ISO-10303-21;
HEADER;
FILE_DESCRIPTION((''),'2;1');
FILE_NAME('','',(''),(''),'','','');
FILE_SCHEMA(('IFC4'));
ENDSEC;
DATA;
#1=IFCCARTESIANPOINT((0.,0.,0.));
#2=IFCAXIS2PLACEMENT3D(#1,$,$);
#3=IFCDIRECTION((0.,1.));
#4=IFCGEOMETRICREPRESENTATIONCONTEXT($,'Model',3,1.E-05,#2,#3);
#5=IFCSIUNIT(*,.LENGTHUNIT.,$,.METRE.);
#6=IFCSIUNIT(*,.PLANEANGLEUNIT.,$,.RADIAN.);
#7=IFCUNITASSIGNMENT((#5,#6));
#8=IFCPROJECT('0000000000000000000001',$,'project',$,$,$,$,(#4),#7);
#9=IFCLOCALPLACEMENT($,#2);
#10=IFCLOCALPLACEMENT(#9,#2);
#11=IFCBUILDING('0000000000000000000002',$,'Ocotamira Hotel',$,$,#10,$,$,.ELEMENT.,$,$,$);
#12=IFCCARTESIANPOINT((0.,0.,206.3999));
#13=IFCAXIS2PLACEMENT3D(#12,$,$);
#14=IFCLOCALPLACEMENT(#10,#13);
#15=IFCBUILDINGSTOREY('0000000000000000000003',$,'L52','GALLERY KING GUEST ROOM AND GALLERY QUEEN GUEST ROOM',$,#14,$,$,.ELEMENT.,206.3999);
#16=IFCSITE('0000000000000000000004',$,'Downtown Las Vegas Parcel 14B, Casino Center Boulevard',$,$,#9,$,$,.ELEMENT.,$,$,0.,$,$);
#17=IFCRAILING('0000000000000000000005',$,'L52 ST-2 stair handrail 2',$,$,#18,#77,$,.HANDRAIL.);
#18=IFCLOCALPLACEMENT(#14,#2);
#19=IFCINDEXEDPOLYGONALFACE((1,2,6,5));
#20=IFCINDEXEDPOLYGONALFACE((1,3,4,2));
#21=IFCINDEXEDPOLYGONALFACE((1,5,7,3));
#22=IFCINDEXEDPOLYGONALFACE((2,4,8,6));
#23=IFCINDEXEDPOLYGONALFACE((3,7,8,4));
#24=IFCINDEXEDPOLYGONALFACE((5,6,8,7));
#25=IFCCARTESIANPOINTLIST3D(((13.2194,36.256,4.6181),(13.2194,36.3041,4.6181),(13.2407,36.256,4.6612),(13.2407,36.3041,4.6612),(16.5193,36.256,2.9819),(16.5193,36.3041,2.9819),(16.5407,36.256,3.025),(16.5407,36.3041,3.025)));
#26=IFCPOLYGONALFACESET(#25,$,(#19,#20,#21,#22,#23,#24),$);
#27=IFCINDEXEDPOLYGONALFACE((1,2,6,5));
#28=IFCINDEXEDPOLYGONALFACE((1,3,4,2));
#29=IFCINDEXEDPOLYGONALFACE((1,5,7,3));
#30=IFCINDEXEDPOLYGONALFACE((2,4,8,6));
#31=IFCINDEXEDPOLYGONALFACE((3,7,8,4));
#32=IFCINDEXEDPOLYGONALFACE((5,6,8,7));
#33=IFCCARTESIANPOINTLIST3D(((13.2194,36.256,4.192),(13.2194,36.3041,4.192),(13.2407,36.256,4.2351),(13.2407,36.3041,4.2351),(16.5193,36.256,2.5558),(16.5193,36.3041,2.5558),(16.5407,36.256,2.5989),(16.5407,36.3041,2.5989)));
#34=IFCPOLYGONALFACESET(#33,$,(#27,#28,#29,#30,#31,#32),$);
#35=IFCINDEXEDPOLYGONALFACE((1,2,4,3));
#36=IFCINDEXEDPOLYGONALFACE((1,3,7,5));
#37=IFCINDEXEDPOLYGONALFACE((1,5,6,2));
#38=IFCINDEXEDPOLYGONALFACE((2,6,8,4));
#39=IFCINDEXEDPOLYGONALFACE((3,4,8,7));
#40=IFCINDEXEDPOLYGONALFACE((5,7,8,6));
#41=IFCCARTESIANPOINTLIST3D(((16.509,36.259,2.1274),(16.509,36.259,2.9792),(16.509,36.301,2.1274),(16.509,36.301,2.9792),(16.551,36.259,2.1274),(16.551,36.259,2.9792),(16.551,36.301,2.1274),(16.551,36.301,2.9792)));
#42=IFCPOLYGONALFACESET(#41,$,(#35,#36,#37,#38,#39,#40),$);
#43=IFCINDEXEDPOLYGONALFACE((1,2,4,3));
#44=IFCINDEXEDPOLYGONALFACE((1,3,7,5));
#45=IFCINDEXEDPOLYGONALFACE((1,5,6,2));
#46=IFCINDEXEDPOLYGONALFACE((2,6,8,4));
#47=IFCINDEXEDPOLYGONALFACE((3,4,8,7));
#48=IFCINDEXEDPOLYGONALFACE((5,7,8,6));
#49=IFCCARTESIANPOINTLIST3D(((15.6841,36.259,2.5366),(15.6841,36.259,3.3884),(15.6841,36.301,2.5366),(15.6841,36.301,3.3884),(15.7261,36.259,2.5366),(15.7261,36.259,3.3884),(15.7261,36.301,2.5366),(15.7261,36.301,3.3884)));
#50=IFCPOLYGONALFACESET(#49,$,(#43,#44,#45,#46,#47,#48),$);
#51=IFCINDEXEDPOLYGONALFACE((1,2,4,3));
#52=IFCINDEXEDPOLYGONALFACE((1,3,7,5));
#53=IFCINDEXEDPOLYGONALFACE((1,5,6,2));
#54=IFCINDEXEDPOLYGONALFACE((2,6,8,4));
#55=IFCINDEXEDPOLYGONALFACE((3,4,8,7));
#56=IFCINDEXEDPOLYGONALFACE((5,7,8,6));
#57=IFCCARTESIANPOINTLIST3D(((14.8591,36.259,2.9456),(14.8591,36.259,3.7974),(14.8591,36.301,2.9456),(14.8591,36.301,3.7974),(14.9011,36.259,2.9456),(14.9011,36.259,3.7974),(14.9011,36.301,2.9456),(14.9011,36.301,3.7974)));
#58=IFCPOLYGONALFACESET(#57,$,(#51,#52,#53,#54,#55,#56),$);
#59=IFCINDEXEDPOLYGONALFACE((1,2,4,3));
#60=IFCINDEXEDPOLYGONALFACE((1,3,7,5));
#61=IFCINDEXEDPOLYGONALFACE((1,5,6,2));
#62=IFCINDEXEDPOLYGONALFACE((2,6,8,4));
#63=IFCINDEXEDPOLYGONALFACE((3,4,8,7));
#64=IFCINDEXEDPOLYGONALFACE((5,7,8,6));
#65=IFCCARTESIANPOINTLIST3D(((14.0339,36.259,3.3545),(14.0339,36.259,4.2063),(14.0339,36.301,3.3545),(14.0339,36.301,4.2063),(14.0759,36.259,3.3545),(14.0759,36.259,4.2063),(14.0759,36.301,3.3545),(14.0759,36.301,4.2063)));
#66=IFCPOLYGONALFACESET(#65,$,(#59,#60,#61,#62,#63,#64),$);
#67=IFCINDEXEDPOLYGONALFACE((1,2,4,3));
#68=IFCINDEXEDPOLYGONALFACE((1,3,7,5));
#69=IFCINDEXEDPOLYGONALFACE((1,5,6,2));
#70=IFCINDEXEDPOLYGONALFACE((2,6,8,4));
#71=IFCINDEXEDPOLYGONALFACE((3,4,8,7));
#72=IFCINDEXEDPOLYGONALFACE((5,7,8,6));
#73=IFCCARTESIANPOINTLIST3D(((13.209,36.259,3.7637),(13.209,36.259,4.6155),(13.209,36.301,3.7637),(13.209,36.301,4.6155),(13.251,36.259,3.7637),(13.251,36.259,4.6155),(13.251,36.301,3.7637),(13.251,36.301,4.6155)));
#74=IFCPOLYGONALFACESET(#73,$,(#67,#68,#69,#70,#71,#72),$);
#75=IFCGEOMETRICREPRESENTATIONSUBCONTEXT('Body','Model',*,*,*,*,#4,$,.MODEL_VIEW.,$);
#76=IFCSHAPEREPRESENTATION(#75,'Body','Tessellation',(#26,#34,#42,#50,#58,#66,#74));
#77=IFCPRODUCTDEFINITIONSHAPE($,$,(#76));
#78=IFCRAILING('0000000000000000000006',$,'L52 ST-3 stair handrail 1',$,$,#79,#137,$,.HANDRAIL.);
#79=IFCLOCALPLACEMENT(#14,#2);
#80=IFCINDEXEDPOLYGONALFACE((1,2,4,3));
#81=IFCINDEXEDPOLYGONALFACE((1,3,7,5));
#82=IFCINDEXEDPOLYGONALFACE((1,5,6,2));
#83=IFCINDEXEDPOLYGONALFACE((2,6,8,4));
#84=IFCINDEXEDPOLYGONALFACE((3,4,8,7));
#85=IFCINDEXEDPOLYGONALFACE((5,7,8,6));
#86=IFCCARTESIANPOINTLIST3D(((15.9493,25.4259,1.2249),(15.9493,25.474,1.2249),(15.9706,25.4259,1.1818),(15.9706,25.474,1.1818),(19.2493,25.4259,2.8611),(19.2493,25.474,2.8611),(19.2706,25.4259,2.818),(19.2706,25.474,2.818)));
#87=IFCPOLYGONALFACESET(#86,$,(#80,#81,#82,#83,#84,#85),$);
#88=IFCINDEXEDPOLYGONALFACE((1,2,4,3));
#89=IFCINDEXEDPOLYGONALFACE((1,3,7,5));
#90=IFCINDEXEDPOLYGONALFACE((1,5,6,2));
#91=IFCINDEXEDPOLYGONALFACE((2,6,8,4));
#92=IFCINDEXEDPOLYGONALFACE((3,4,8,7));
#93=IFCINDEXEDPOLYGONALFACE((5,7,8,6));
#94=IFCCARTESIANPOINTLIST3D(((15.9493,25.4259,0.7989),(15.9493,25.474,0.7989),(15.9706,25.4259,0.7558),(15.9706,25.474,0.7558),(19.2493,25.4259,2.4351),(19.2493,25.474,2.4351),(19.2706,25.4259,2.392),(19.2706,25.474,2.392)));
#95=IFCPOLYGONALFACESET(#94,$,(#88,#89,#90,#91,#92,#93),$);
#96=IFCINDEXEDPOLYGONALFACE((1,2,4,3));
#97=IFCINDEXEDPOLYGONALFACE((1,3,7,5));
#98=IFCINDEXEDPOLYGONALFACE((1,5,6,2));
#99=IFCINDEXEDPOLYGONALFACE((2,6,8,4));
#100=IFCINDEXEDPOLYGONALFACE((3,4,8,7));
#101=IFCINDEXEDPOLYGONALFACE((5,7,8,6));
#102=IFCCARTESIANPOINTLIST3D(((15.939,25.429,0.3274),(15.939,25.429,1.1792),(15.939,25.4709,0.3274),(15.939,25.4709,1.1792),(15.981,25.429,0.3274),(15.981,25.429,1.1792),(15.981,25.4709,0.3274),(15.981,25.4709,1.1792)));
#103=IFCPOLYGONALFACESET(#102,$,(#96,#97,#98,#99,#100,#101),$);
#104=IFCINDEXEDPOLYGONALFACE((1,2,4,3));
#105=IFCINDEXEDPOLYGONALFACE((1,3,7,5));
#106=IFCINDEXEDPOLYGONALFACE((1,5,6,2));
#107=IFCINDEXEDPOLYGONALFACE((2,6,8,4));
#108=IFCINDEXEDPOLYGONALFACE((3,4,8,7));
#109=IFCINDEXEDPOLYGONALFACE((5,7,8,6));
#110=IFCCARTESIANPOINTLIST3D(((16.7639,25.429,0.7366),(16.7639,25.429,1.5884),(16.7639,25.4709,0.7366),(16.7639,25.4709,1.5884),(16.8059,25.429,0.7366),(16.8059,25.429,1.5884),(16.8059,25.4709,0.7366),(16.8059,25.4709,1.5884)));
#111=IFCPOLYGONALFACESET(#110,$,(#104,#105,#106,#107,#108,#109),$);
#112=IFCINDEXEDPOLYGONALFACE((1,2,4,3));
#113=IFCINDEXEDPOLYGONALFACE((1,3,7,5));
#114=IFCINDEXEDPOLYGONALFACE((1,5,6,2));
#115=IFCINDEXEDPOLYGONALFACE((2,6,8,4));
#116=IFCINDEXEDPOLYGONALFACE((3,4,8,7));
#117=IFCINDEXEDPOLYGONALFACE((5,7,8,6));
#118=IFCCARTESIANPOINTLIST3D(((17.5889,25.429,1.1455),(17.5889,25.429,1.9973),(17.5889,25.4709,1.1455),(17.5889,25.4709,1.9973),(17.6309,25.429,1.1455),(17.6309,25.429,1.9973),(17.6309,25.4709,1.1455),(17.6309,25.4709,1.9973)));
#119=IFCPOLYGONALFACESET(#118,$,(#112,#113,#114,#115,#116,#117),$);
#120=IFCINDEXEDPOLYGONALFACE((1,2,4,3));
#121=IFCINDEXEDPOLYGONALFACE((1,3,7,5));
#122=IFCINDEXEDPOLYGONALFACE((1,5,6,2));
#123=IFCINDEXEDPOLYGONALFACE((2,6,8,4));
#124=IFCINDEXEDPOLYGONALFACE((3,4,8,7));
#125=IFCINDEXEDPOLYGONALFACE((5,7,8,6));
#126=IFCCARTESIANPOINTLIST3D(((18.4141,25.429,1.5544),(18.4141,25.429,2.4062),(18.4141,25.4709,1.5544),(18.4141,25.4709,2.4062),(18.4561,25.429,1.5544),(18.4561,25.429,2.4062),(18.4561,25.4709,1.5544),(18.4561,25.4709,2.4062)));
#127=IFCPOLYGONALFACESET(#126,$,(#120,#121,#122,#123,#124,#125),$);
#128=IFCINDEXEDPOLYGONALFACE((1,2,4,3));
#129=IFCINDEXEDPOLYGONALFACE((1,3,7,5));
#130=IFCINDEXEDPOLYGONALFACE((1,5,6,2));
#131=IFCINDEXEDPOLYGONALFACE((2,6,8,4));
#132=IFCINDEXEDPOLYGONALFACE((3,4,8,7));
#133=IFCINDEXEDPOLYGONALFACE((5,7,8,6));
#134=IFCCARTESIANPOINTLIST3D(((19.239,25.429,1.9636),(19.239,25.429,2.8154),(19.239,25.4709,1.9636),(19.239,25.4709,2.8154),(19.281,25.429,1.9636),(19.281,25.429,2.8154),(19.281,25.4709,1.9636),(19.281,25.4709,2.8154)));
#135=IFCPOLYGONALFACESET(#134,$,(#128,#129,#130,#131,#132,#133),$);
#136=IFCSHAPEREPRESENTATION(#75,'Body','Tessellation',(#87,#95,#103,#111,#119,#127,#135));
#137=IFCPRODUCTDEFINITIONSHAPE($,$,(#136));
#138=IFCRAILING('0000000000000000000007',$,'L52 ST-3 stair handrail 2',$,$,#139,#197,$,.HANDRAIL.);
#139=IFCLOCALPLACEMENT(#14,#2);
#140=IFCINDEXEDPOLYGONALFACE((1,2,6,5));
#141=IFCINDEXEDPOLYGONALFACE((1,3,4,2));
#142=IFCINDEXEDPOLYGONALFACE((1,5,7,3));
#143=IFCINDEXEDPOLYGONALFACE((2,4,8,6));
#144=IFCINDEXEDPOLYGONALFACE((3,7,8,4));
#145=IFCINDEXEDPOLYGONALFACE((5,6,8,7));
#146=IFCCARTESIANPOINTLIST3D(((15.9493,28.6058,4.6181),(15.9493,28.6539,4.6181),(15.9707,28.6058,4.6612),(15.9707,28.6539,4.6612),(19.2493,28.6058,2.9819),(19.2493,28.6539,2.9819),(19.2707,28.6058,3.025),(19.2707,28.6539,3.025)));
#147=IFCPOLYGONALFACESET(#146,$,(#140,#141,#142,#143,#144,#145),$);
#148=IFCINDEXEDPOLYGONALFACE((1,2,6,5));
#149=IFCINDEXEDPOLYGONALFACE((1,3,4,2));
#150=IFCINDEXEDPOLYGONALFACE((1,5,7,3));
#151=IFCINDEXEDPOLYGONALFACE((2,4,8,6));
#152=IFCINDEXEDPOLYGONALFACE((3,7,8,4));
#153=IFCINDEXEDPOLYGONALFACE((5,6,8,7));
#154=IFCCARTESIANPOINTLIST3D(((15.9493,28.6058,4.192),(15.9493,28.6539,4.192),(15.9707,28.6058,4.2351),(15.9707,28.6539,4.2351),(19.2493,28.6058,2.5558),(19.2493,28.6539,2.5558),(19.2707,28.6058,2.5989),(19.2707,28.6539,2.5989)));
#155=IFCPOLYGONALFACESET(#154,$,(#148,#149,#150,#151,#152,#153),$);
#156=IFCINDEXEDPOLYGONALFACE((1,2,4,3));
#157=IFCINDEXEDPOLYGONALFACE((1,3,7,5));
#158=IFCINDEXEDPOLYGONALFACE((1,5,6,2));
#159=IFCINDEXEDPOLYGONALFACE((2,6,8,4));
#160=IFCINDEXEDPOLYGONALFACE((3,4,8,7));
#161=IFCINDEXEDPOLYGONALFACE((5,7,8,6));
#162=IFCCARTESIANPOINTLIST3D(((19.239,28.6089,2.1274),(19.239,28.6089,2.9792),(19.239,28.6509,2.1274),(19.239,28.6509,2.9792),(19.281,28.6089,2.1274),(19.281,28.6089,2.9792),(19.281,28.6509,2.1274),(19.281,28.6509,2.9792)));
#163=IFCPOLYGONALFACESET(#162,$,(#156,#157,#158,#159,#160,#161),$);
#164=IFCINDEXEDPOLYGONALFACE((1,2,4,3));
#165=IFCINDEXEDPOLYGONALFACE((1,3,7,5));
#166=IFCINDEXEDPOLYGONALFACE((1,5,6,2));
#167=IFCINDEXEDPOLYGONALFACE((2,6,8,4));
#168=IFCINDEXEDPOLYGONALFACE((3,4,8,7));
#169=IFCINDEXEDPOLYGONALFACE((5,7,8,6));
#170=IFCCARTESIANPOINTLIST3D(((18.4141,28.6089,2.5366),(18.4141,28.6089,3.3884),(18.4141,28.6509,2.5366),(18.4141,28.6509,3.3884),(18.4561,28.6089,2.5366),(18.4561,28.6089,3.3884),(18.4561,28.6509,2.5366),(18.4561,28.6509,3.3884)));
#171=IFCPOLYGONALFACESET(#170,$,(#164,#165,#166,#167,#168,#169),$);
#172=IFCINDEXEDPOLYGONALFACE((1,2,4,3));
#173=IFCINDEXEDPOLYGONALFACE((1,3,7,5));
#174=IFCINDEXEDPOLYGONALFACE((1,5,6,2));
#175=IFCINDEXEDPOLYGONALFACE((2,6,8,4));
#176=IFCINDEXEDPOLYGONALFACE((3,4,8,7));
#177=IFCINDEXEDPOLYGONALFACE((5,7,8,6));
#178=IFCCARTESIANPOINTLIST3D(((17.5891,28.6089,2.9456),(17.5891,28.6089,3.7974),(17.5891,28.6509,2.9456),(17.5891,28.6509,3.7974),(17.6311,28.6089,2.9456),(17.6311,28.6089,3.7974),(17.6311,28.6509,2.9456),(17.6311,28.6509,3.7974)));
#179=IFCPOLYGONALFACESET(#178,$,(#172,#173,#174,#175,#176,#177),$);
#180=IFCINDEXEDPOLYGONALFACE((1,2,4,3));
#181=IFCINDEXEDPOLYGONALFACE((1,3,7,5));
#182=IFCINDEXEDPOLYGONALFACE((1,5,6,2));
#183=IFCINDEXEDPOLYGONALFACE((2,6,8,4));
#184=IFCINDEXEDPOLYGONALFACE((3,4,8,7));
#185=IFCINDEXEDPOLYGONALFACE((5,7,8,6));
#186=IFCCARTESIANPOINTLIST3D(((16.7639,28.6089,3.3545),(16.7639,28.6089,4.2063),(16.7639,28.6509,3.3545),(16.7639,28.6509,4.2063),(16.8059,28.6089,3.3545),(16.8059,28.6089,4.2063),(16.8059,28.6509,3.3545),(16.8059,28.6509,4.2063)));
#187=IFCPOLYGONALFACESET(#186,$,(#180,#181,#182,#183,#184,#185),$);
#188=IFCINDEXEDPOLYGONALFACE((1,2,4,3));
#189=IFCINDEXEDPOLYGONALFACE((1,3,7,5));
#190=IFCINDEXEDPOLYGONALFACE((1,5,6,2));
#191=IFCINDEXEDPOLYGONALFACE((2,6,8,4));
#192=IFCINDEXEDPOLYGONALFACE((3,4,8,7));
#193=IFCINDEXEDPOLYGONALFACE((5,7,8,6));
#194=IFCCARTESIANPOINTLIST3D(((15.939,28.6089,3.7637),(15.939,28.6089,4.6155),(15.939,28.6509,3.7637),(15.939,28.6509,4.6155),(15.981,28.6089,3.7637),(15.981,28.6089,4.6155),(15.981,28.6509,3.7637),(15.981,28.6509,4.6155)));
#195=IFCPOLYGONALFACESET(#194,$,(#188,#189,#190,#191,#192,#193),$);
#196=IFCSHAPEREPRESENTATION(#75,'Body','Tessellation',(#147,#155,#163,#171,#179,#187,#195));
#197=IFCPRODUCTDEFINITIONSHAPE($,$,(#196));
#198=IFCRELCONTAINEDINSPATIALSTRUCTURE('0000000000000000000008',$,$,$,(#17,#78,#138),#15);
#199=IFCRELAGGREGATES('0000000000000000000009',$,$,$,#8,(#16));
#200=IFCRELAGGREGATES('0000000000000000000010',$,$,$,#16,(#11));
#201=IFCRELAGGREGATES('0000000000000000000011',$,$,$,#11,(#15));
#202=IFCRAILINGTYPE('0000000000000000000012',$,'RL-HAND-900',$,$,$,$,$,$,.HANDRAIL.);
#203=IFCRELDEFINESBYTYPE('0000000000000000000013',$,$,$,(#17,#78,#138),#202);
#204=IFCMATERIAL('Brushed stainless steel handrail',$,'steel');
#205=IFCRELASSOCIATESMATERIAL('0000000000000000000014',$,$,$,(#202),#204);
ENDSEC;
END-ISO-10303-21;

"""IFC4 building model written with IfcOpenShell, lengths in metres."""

from ifc_helpers import new_model, si_unit, direction, frame, origin, origin_2d, place, context, subcontext, project, spatial, rectangle, extrude, material, type_object, element, save


model = new_model("IFC4")

# Units and contexts
model_context = context("Model", 3, precision=1e-05, world=origin(), true_north=direction((0.0, 1.0)))
body_context = subcontext(model_context, "Body", "Model", "MODEL_VIEW")
ifc_project = project(units=[si_unit("LENGTHUNIT", "METRE"), si_unit("PLANEANGLEUNIT", "RADIAN")], contexts=[model_context])

# Site, building, storey
site_placement = place(None, origin())
site = spatial("IfcSite", under=ifc_project, at=site_placement, Name="Downtown Las Vegas Parcel 14B, Casino Center Boulevard", CompositionType="ELEMENT", RefElevation=0.0)
building_placement = place(site_placement, origin())
building = spatial("IfcBuilding", under=site, at=building_placement, Name="Ocotamira Hotel", CompositionType="ELEMENT")
storey_placement = place(building_placement, frame((0.0, 0.0, 206.3999)))
storey = spatial("IfcBuildingStorey", under=building, at=storey_placement, Name="L52", Description="GALLERY KING GUEST ROOM AND GALLERY QUEEN GUEST ROOM", CompositionType="ELEMENT", Elevation=206.3999)

# Railings
ifc_material_1 = material(Name="Brushed stainless steel handrail", Category="steel")
railing_type_1 = type_object("IfcRailingType", Name="RL-HAND-900", PredefinedType="HANDRAIL", material=ifc_material_1)
railing_1_placement = place(storey_placement, frame((16.53, 36.28, 2.1274)))
element("IfcRailing", 1, at=railing_1_placement, inside=storey, type_object=railing_type_1, Name="L52 ST-2 stair handrail 2", PredefinedType="HANDRAIL", context=body_context, shape_type="SweptSolid", body=[
    extrude(rectangle(XDim=0.0481, YDim=0.0481, at=origin_2d()), frame((0.0, 0.0, 0.876), z_axis=(-0.89592, 0.0, 0.444215), x_axis=(0.0, -1.0, 0.0)), (0.0, 0.0, 1.0), 3.6833),
    extrude(rectangle(XDim=0.0481, YDim=0.0481, at=origin_2d()), frame((0.0, 0.0, 0.45), z_axis=(-0.89592, 0.0, 0.444215), x_axis=(0.0, -1.0, 0.0)), (0.0, 0.0, 1.0), 3.6833),
    extrude(rectangle(XDim=0.042, YDim=0.042, at=origin_2d()), origin(), (0.0, 0.0, 1.0), 0.8518),
    extrude(rectangle(XDim=0.042, YDim=0.042, at=origin_2d()), frame((-0.825, 0.0, 0.4092)), (0.0, 0.0, 1.0), 0.8518),
    extrude(rectangle(XDim=0.042, YDim=0.042, at=origin_2d()), frame((-1.6499, 0.0, 0.8181)), (0.0, 0.0, 1.0), 0.8518),
    extrude(rectangle(XDim=0.042, YDim=0.042, at=origin_2d()), frame((-2.4751, 0.0, 1.2271)), (0.0, 0.0, 1.0), 0.8518),
    extrude(rectangle(XDim=0.042, YDim=0.042, at=origin_2d()), frame((-3.3, 0.0, 1.6362)), (0.0, 0.0, 1.0), 0.8518),
])
railing_2_placement = place(storey_placement, frame((15.96, 25.45, 0.3274)))
element("IfcRailing", 2, at=railing_2_placement, inside=storey, type_object=railing_type_1, Name="L52 ST-3 stair handrail 1", PredefinedType="HANDRAIL", context=body_context, shape_type="SweptSolid", body=[
    extrude(rectangle(XDim=0.0481, YDim=0.0481, at=origin_2d()), frame((0.0, 0.0, 0.876), z_axis=(0.89592, 0.0, 0.444215), x_axis=(0.0, 1.0, 0.0)), (0.0, 0.0, 1.0), 3.6833),
    extrude(rectangle(XDim=0.0481, YDim=0.0481, at=origin_2d()), frame((0.0, 0.0, 0.45), z_axis=(0.89592, 0.0, 0.444215), x_axis=(0.0, 1.0, 0.0)), (0.0, 0.0, 1.0), 3.6833),
    extrude(rectangle(XDim=0.042, YDim=0.042, at=origin_2d()), origin(), (0.0, 0.0, 1.0), 0.8518),
    extrude(rectangle(XDim=0.042, YDim=0.042, at=origin_2d()), frame((0.825, 0.0, 0.4092)), (0.0, 0.0, 1.0), 0.8518),
    extrude(rectangle(XDim=0.042, YDim=0.042, at=origin_2d()), frame((1.6499, 0.0, 0.8181)), (0.0, 0.0, 1.0), 0.8518),
    extrude(rectangle(XDim=0.042, YDim=0.042, at=origin_2d()), frame((2.4751, 0.0, 1.2271)), (0.0, 0.0, 1.0), 0.8518),
    extrude(rectangle(XDim=0.042, YDim=0.042, at=origin_2d()), frame((3.3, 0.0, 1.6362)), (0.0, 0.0, 1.0), 0.8518),
])
railing_3_placement = place(storey_placement, frame((19.26, 28.6299, 2.1274)))
element("IfcRailing", 3, at=railing_3_placement, inside=storey, type_object=railing_type_1, Name="L52 ST-3 stair handrail 2", PredefinedType="HANDRAIL", context=body_context, shape_type="SweptSolid", body=[
    extrude(rectangle(XDim=0.0481, YDim=0.0481, at=origin_2d()), frame((0.0, 0.0, 0.876), z_axis=(-0.89592, 0.0, 0.444215), x_axis=(0.0, -1.0, 0.0)), (0.0, 0.0, 1.0), 3.6833),
    extrude(rectangle(XDim=0.0481, YDim=0.0481, at=origin_2d()), frame((0.0, 0.0, 0.45), z_axis=(-0.89592, 0.0, 0.444215), x_axis=(0.0, -1.0, 0.0)), (0.0, 0.0, 1.0), 3.6833),
    extrude(rectangle(XDim=0.042, YDim=0.042, at=origin_2d()), origin(), (0.0, 0.0, 1.0), 0.8518),
    extrude(rectangle(XDim=0.042, YDim=0.042, at=origin_2d()), frame((-0.825, 0.0, 0.4092)), (0.0, 0.0, 1.0), 0.8518),
    extrude(rectangle(XDim=0.042, YDim=0.042, at=origin_2d()), frame((-1.6499, 0.0, 0.8181)), (0.0, 0.0, 1.0), 0.8518),
    extrude(rectangle(XDim=0.042, YDim=0.042, at=origin_2d()), frame((-2.4751, 0.0, 1.2271)), (0.0, 0.0, 1.0), 0.8518),
    extrude(rectangle(XDim=0.042, YDim=0.042, at=origin_2d()), frame((-3.3, 0.0, 1.6362)), (0.0, 0.0, 1.0), 0.8518),
])

save(model, "model.ifc")
